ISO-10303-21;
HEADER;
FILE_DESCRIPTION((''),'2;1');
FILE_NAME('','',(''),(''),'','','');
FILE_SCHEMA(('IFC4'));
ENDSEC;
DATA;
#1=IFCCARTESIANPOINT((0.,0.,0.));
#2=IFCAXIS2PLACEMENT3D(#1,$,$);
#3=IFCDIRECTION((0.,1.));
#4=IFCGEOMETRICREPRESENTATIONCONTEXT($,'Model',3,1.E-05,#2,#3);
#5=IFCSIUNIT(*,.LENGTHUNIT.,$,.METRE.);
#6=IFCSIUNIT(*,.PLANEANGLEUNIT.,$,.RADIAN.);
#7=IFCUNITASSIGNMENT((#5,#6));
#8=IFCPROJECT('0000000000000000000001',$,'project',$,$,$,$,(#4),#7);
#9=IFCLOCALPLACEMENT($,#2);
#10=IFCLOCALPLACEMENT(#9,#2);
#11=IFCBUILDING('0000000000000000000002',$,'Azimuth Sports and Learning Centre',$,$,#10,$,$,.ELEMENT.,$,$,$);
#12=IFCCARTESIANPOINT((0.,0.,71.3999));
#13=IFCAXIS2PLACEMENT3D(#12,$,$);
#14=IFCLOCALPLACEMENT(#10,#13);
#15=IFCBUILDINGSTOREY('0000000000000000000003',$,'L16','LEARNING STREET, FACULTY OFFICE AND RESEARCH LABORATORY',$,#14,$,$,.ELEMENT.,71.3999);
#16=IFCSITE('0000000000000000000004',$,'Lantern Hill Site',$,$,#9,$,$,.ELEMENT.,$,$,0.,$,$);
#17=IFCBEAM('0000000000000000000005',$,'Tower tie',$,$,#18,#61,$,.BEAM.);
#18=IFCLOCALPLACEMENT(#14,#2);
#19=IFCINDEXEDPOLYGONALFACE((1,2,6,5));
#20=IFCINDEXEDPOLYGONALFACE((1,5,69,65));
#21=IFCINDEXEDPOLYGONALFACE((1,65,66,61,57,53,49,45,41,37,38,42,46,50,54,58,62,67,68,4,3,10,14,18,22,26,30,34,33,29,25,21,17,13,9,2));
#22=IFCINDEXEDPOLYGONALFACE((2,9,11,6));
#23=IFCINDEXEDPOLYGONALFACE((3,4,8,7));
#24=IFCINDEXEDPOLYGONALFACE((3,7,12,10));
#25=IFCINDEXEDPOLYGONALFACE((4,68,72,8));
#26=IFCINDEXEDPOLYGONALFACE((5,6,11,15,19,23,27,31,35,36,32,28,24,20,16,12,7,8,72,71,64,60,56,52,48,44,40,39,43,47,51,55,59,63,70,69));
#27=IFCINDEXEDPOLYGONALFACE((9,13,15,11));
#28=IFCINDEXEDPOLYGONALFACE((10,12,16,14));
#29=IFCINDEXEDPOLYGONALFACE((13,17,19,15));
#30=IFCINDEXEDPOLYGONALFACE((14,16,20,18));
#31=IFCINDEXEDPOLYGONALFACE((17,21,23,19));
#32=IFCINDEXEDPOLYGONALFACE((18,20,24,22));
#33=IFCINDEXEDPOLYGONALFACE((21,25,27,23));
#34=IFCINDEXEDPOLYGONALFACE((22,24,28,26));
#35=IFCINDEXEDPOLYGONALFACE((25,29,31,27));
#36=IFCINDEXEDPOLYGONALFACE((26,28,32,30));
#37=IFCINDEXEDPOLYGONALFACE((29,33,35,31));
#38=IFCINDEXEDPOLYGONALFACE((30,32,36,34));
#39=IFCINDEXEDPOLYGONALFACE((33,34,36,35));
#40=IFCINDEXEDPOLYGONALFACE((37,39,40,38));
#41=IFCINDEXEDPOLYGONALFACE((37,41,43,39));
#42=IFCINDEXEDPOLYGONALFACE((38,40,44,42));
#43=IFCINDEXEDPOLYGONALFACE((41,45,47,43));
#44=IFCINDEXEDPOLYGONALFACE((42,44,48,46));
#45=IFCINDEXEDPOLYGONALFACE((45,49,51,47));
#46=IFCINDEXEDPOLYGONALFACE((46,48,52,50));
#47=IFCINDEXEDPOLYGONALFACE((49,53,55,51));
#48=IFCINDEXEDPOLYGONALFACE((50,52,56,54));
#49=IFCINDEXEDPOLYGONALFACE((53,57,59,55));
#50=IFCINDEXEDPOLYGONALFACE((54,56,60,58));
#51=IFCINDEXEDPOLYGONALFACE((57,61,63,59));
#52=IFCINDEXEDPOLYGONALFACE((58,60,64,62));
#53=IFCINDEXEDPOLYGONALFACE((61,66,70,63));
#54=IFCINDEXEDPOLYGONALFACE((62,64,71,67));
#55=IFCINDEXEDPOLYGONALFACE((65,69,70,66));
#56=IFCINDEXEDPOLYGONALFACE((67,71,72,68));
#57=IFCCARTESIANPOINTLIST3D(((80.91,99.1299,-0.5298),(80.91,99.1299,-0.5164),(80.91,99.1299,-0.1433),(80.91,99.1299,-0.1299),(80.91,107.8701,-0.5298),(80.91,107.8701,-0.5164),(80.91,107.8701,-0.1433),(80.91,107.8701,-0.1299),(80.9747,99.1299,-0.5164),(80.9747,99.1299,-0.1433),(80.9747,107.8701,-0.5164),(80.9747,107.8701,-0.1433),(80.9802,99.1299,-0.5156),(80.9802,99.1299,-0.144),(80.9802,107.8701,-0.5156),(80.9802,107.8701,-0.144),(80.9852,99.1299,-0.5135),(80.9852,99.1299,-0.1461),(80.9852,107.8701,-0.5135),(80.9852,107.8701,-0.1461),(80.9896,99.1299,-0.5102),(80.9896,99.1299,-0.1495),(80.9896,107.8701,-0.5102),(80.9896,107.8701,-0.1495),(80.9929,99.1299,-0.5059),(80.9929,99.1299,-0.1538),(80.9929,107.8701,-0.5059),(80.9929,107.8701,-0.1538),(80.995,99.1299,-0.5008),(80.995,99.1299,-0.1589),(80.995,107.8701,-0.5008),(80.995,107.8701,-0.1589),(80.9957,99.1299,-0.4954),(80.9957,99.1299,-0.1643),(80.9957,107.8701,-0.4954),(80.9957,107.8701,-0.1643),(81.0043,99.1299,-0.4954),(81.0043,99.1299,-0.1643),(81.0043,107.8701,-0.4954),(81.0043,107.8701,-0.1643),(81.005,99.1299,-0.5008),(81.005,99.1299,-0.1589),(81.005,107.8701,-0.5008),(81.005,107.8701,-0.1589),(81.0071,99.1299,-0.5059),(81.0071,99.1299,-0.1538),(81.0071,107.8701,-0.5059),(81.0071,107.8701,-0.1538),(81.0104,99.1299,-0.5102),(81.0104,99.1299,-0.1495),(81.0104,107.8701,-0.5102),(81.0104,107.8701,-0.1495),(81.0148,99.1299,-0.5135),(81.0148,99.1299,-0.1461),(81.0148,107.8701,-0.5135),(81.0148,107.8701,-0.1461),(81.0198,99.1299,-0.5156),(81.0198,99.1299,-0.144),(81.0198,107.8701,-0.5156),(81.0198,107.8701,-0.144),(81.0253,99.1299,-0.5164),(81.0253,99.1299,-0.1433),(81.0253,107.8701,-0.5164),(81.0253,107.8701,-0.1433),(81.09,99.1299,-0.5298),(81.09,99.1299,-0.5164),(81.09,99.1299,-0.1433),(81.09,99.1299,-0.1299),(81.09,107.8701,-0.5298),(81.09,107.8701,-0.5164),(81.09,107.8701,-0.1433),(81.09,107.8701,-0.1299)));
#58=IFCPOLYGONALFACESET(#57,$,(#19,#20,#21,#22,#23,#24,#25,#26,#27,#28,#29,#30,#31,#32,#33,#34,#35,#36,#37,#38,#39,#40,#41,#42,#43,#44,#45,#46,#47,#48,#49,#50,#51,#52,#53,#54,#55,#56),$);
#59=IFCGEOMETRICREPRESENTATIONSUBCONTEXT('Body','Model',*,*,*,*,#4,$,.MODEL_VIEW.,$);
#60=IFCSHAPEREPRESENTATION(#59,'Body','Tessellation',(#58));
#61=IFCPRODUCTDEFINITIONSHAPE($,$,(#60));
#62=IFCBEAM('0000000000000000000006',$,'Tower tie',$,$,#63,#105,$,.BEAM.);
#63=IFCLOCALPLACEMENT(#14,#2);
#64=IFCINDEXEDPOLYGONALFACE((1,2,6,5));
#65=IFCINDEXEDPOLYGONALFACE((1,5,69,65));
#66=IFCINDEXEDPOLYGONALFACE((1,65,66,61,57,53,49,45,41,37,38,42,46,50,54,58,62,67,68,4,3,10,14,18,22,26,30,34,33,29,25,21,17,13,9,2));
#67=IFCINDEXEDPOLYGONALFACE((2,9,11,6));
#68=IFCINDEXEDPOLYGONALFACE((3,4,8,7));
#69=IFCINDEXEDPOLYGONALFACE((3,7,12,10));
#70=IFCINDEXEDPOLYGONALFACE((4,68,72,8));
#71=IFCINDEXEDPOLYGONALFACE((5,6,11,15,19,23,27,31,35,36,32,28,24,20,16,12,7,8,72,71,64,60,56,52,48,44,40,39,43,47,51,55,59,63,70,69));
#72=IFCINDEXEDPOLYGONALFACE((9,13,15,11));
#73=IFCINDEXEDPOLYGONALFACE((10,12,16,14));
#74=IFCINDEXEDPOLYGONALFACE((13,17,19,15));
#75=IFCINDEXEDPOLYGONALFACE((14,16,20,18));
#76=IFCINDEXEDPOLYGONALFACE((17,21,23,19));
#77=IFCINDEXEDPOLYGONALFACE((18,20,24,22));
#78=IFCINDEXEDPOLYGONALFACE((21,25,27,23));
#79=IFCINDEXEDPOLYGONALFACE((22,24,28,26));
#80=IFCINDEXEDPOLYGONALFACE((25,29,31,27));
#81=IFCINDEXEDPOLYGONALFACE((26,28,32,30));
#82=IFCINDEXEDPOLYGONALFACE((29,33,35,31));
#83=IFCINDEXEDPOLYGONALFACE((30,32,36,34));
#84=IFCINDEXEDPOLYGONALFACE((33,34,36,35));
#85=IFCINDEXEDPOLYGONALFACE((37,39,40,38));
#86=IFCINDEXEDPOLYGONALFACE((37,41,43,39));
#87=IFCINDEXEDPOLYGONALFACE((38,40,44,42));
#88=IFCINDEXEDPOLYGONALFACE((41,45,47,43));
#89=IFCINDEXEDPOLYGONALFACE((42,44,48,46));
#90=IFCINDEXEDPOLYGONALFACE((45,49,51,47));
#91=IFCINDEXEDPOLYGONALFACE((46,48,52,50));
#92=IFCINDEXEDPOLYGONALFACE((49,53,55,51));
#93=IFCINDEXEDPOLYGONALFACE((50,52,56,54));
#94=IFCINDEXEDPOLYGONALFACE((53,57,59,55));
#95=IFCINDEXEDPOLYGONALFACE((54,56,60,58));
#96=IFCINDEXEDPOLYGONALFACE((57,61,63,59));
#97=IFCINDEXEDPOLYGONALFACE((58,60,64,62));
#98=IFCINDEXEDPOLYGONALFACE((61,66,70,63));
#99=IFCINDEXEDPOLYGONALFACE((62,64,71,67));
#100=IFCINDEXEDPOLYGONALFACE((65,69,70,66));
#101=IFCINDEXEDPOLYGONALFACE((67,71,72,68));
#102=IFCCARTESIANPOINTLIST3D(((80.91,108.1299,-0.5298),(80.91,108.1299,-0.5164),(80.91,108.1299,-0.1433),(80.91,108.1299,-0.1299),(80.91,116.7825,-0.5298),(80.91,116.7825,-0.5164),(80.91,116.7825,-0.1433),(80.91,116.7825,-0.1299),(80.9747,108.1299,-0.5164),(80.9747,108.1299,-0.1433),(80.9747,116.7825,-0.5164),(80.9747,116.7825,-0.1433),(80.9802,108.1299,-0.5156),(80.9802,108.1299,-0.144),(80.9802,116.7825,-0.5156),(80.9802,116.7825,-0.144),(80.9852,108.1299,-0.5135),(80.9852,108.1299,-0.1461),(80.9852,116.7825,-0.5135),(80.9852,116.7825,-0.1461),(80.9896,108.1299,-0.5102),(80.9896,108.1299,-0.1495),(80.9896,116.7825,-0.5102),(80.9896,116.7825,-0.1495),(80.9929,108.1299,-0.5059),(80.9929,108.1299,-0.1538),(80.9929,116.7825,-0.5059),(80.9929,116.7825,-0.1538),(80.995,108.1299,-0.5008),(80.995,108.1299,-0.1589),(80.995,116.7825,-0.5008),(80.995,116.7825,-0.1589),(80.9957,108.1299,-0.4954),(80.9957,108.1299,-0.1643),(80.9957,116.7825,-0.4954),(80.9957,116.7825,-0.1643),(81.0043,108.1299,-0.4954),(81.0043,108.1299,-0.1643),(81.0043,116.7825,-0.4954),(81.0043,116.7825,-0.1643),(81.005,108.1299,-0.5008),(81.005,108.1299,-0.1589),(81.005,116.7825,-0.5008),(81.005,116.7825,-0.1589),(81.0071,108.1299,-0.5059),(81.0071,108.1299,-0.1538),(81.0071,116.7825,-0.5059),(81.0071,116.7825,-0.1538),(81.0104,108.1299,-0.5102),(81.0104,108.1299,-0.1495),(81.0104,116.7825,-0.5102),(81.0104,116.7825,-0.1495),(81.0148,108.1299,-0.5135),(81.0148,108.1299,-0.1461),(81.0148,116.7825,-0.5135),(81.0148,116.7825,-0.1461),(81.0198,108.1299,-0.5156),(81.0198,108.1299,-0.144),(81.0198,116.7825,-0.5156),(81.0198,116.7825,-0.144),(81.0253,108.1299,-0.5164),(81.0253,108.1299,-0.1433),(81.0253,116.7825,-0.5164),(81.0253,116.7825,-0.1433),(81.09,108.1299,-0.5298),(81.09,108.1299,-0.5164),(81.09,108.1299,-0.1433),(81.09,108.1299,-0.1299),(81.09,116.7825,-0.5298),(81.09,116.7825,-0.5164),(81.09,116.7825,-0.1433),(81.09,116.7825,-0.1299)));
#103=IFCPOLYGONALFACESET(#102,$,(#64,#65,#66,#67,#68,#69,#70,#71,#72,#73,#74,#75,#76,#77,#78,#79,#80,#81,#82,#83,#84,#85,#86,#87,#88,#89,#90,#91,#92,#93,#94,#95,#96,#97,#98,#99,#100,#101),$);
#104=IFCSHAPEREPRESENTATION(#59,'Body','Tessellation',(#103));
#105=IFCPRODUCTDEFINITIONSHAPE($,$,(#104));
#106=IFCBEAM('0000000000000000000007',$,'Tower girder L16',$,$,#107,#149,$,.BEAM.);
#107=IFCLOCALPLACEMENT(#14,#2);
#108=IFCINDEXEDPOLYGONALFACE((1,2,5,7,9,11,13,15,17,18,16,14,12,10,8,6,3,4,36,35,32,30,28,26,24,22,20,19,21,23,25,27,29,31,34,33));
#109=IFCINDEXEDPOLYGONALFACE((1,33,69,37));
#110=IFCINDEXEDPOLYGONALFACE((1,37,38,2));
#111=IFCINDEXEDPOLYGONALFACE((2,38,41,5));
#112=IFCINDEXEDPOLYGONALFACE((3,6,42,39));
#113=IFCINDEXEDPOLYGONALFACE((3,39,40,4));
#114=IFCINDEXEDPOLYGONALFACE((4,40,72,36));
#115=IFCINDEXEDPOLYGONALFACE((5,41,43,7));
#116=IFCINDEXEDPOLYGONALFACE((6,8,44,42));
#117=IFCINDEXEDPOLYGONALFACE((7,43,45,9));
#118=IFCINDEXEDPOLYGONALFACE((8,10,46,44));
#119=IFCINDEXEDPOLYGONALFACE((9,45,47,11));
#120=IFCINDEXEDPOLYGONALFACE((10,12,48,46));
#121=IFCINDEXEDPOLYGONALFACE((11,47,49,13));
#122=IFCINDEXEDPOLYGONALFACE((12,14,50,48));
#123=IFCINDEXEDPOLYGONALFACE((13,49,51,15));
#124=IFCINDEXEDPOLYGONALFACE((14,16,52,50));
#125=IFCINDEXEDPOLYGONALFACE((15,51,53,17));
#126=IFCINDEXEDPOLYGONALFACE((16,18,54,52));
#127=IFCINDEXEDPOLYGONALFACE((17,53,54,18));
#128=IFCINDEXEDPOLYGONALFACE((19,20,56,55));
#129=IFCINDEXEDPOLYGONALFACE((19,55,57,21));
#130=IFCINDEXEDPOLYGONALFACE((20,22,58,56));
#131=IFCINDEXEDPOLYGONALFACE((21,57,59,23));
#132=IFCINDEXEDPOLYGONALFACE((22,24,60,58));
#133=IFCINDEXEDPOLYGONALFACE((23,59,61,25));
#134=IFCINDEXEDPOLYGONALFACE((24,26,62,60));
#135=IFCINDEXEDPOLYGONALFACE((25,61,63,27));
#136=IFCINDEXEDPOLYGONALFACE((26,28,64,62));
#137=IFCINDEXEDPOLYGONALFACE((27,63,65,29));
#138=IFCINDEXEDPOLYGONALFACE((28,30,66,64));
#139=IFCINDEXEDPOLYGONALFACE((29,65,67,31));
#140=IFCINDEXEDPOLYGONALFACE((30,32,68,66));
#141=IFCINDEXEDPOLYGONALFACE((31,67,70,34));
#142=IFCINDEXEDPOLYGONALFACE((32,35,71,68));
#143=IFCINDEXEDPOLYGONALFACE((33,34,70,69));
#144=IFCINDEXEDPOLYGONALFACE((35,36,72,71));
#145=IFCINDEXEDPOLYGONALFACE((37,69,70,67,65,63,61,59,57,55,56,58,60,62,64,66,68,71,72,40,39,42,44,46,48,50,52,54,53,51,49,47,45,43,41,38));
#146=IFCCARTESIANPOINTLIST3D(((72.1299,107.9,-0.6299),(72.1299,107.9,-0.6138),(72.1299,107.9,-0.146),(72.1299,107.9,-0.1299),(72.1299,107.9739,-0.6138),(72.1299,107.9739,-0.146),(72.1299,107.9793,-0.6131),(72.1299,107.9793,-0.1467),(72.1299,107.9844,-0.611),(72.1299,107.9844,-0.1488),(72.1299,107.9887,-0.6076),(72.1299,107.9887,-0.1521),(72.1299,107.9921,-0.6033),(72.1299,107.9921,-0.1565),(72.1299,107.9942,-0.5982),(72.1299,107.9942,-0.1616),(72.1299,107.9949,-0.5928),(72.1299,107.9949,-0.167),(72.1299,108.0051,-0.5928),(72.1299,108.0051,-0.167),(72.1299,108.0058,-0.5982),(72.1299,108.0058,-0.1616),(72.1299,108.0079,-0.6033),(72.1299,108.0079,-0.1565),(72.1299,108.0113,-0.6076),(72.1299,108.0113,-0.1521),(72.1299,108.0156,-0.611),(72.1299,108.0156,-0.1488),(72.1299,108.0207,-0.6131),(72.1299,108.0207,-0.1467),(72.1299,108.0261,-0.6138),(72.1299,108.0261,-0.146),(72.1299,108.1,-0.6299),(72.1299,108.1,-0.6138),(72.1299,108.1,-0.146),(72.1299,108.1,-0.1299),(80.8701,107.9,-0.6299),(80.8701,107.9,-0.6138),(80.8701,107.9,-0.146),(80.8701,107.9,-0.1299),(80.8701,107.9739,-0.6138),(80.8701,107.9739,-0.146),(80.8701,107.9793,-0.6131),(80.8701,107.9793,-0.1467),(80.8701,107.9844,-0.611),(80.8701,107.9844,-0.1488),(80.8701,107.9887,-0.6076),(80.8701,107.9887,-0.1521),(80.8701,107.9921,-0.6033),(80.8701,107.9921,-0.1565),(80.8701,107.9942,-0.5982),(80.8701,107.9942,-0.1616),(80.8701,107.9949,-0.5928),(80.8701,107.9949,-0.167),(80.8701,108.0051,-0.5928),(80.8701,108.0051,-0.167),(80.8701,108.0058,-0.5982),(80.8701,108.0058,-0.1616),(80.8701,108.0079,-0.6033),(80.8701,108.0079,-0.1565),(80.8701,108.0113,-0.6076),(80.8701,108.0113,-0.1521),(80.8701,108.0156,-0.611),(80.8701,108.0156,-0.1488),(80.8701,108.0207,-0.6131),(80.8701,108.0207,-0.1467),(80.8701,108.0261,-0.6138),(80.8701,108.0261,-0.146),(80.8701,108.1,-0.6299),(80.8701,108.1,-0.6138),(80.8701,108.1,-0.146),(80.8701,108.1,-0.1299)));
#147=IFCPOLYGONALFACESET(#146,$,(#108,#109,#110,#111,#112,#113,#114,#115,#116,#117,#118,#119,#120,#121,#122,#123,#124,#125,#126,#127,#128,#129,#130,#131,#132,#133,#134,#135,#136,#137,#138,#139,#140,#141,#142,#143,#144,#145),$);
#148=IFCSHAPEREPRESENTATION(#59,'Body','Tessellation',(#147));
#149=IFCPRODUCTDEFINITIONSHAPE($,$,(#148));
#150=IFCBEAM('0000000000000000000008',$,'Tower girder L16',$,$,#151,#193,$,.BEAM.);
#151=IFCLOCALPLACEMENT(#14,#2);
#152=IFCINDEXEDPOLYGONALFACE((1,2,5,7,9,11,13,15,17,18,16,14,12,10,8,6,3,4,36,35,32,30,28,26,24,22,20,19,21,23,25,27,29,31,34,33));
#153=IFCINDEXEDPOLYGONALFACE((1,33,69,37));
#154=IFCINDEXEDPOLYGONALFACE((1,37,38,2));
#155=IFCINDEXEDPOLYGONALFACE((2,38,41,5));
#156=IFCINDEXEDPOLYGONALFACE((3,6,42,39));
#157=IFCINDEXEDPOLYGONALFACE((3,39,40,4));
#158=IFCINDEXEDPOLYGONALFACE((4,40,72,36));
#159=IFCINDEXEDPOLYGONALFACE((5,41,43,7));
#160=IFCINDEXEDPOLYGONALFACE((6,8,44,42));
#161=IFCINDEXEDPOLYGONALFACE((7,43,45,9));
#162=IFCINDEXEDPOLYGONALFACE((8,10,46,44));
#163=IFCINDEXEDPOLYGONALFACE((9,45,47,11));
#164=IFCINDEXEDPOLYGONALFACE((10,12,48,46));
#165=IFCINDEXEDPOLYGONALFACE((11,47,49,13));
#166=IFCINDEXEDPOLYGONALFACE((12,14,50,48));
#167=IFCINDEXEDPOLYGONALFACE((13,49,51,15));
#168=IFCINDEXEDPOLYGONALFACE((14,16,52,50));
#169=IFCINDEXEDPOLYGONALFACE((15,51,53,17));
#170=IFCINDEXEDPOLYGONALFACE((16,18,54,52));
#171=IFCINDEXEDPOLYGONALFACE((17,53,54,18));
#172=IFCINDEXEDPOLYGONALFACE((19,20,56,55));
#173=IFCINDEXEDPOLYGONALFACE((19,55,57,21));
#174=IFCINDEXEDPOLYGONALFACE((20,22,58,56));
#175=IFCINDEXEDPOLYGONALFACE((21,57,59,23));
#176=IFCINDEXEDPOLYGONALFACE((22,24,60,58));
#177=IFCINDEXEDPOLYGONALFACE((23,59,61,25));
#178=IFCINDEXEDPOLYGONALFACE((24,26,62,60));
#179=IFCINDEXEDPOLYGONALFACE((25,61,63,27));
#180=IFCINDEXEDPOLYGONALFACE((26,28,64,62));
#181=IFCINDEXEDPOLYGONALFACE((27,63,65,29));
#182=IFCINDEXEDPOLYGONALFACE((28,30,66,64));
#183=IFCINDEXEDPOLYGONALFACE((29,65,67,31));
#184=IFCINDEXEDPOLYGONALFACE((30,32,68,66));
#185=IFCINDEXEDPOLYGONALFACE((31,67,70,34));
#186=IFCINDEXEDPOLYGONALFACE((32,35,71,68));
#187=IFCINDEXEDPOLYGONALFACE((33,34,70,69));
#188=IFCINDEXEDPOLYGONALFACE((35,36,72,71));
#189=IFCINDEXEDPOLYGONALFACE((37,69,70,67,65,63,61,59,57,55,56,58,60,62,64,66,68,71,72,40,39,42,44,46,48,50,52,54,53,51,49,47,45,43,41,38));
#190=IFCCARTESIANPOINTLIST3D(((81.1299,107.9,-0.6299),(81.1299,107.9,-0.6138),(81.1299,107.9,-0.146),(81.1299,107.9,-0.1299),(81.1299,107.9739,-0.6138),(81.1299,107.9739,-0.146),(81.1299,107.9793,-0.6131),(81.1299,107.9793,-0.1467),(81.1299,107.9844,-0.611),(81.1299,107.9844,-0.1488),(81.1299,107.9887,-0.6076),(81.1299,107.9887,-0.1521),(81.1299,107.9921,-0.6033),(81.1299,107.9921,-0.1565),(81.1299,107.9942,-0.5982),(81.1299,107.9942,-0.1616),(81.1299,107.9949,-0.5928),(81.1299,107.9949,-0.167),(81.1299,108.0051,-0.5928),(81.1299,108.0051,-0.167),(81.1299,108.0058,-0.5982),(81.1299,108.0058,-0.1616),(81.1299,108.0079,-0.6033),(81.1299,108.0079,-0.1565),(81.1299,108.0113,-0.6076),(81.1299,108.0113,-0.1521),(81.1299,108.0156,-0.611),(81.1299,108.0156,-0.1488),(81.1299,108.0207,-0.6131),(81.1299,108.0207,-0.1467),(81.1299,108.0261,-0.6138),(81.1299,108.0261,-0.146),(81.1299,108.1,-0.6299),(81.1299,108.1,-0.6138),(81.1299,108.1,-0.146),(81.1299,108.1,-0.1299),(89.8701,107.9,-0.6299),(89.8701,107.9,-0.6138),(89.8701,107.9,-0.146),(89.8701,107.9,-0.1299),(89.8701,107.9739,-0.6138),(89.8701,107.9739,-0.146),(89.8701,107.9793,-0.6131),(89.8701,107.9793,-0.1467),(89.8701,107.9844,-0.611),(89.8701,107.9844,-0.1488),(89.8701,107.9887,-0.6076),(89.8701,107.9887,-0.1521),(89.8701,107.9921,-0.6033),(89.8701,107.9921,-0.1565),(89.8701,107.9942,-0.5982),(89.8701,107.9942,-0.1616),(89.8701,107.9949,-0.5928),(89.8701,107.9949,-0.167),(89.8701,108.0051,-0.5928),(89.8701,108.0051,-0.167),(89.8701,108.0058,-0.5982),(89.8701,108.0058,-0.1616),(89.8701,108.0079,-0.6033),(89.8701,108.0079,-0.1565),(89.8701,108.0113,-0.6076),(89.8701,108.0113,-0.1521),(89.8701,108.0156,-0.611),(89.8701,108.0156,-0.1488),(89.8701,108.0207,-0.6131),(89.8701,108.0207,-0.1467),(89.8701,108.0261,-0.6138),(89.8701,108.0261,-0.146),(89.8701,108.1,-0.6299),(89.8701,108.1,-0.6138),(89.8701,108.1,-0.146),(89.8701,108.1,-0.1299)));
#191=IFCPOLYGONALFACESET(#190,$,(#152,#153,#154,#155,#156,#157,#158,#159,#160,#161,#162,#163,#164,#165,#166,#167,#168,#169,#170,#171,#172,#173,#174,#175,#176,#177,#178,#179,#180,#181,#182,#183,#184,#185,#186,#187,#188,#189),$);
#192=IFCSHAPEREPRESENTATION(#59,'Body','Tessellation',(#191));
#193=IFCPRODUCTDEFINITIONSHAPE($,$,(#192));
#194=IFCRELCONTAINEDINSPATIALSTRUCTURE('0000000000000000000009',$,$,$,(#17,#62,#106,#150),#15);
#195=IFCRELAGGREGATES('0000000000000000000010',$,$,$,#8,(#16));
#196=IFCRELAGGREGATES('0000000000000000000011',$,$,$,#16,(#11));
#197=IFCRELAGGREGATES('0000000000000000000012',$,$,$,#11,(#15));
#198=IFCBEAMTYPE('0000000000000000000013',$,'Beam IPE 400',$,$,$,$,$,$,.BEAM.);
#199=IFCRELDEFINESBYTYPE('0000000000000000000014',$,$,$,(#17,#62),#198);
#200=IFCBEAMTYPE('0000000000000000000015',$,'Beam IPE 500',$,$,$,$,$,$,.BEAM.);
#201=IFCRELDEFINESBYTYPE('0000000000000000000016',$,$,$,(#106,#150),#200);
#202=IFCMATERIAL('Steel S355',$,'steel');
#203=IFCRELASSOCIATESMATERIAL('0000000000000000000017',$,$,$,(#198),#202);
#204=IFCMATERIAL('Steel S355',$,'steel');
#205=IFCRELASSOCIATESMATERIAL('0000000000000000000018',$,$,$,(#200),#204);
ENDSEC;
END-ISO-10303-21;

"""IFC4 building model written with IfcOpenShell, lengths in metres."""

from ifc_helpers import new_model, si_unit, direction, frame, origin, origin_2d, place, context, subcontext, project, spatial, i_section, extrude, material, material_profile, profile_set, type_object, element, save


model = new_model("IFC4")

# Units and contexts
model_context = context("Model", 3, precision=1e-05, world=origin(), true_north=direction((0.0, 1.0)))
body_context = subcontext(model_context, "Body", "Model", "MODEL_VIEW")
ifc_project = project(units=[si_unit("LENGTHUNIT", "METRE"), si_unit("PLANEANGLEUNIT", "RADIAN")], contexts=[model_context])

# Site, building, storey
site_placement = place(None, origin())
site = spatial("IfcSite", under=ifc_project, at=site_placement, Name="Lantern Hill Site", CompositionType="ELEMENT", RefElevation=0.0)
building_placement = place(site_placement, origin())
building = spatial("IfcBuilding", under=site, at=building_placement, Name="Azimuth Sports and Learning Centre", CompositionType="ELEMENT")
storey_placement = place(building_placement, frame((0.0, 0.0, 71.3999)))
storey = spatial("IfcBuildingStorey", under=building, at=storey_placement, Name="L16", Description="LEARNING STREET, FACULTY OFFICE AND RESEARCH LABORATORY", CompositionType="ELEMENT", Elevation=71.3999)

# Beams
ifc_material_1 = material(Name="Steel S355", Category="steel")
ifc_material_profile_1 = material_profile(ifc_material_1, i_section(OverallWidth=0.1799, OverallDepth=0.3999, WebThickness=0.0085, FlangeThickness=0.0134, FilletRadius=0.021, at=origin_2d()), Name="IPE 400")
ifc_profile_set_1 = profile_set([ifc_material_profile_1], Name="Steel S355")
beam_type_1 = type_object("IfcBeamType", Name="Beam IPE 400", PredefinedType="BEAM", material=ifc_profile_set_1)
beam_1_placement = place(storey_placement, frame((81.0, 99.1299, -0.3298), z_axis=(0.0, 1.0, 0.0), x_axis=(-1.0, 0.0, 0.0)))
element("IfcBeam", 1, at=beam_1_placement, inside=storey, type_object=beam_type_1, Name="Tower tie", PredefinedType="BEAM", context=body_context, shape_type="SweptSolid", body=[
    extrude(i_section(OverallWidth=0.1799, OverallDepth=0.3999, WebThickness=0.0085, FlangeThickness=0.0134, FilletRadius=0.021, at=origin_2d()), origin(), (0.0, 0.0, 1.0), 8.7402),
])
beam_2_placement = place(storey_placement, frame((81.0, 108.1299, -0.3298), z_axis=(0.0, 1.0, 0.0), x_axis=(-1.0, 0.0, 0.0)))
element("IfcBeam", 2, at=beam_2_placement, inside=storey, type_object=beam_type_1, Name="Tower tie", PredefinedType="BEAM", context=body_context, shape_type="SweptSolid", body=[
    extrude(i_section(OverallWidth=0.1799, OverallDepth=0.3999, WebThickness=0.0085, FlangeThickness=0.0134, FilletRadius=0.021, at=origin_2d()), origin(), (0.0, 0.0, 1.0), 8.6526),
])
ifc_material_2 = material(Name="Steel S355", Category="steel")
ifc_material_profile_2 = material_profile(ifc_material_2, i_section(OverallWidth=0.2, OverallDepth=0.5, WebThickness=0.0103, FlangeThickness=0.0161, FilletRadius=0.021, at=origin_2d()), Name="IPE 500")
ifc_profile_set_2 = profile_set([ifc_material_profile_2], Name="Steel S355")
beam_type_2 = type_object("IfcBeamType", Name="Beam IPE 500", PredefinedType="BEAM", material=ifc_profile_set_2)
for number, where, z_axis, x_axis, name in (
    (3, (72.1299, 108.0, -0.3799), (1.0, 0.0, 0.0), (0.0, 1.0, 0.0), "Tower girder L16"),
    (4, (81.1299, 108.0, -0.3799), (1.0, 0.0, 0.0), (0.0, 1.0, 0.0), "Tower girder L16"),
):
    element("IfcBeam", number, at=place(storey_placement, frame(where, z_axis=z_axis, x_axis=x_axis)), inside=storey, type_object=beam_type_2, Name=name, PredefinedType="BEAM", context=body_context, shape_type="SweptSolid", body=[
        extrude(i_section(OverallWidth=0.2, OverallDepth=0.5, WebThickness=0.0103, FlangeThickness=0.0161, FilletRadius=0.021, at=origin_2d()), origin(), (0.0, 0.0, 1.0), 8.7402),
    ])

save(model, "model.ifc")
